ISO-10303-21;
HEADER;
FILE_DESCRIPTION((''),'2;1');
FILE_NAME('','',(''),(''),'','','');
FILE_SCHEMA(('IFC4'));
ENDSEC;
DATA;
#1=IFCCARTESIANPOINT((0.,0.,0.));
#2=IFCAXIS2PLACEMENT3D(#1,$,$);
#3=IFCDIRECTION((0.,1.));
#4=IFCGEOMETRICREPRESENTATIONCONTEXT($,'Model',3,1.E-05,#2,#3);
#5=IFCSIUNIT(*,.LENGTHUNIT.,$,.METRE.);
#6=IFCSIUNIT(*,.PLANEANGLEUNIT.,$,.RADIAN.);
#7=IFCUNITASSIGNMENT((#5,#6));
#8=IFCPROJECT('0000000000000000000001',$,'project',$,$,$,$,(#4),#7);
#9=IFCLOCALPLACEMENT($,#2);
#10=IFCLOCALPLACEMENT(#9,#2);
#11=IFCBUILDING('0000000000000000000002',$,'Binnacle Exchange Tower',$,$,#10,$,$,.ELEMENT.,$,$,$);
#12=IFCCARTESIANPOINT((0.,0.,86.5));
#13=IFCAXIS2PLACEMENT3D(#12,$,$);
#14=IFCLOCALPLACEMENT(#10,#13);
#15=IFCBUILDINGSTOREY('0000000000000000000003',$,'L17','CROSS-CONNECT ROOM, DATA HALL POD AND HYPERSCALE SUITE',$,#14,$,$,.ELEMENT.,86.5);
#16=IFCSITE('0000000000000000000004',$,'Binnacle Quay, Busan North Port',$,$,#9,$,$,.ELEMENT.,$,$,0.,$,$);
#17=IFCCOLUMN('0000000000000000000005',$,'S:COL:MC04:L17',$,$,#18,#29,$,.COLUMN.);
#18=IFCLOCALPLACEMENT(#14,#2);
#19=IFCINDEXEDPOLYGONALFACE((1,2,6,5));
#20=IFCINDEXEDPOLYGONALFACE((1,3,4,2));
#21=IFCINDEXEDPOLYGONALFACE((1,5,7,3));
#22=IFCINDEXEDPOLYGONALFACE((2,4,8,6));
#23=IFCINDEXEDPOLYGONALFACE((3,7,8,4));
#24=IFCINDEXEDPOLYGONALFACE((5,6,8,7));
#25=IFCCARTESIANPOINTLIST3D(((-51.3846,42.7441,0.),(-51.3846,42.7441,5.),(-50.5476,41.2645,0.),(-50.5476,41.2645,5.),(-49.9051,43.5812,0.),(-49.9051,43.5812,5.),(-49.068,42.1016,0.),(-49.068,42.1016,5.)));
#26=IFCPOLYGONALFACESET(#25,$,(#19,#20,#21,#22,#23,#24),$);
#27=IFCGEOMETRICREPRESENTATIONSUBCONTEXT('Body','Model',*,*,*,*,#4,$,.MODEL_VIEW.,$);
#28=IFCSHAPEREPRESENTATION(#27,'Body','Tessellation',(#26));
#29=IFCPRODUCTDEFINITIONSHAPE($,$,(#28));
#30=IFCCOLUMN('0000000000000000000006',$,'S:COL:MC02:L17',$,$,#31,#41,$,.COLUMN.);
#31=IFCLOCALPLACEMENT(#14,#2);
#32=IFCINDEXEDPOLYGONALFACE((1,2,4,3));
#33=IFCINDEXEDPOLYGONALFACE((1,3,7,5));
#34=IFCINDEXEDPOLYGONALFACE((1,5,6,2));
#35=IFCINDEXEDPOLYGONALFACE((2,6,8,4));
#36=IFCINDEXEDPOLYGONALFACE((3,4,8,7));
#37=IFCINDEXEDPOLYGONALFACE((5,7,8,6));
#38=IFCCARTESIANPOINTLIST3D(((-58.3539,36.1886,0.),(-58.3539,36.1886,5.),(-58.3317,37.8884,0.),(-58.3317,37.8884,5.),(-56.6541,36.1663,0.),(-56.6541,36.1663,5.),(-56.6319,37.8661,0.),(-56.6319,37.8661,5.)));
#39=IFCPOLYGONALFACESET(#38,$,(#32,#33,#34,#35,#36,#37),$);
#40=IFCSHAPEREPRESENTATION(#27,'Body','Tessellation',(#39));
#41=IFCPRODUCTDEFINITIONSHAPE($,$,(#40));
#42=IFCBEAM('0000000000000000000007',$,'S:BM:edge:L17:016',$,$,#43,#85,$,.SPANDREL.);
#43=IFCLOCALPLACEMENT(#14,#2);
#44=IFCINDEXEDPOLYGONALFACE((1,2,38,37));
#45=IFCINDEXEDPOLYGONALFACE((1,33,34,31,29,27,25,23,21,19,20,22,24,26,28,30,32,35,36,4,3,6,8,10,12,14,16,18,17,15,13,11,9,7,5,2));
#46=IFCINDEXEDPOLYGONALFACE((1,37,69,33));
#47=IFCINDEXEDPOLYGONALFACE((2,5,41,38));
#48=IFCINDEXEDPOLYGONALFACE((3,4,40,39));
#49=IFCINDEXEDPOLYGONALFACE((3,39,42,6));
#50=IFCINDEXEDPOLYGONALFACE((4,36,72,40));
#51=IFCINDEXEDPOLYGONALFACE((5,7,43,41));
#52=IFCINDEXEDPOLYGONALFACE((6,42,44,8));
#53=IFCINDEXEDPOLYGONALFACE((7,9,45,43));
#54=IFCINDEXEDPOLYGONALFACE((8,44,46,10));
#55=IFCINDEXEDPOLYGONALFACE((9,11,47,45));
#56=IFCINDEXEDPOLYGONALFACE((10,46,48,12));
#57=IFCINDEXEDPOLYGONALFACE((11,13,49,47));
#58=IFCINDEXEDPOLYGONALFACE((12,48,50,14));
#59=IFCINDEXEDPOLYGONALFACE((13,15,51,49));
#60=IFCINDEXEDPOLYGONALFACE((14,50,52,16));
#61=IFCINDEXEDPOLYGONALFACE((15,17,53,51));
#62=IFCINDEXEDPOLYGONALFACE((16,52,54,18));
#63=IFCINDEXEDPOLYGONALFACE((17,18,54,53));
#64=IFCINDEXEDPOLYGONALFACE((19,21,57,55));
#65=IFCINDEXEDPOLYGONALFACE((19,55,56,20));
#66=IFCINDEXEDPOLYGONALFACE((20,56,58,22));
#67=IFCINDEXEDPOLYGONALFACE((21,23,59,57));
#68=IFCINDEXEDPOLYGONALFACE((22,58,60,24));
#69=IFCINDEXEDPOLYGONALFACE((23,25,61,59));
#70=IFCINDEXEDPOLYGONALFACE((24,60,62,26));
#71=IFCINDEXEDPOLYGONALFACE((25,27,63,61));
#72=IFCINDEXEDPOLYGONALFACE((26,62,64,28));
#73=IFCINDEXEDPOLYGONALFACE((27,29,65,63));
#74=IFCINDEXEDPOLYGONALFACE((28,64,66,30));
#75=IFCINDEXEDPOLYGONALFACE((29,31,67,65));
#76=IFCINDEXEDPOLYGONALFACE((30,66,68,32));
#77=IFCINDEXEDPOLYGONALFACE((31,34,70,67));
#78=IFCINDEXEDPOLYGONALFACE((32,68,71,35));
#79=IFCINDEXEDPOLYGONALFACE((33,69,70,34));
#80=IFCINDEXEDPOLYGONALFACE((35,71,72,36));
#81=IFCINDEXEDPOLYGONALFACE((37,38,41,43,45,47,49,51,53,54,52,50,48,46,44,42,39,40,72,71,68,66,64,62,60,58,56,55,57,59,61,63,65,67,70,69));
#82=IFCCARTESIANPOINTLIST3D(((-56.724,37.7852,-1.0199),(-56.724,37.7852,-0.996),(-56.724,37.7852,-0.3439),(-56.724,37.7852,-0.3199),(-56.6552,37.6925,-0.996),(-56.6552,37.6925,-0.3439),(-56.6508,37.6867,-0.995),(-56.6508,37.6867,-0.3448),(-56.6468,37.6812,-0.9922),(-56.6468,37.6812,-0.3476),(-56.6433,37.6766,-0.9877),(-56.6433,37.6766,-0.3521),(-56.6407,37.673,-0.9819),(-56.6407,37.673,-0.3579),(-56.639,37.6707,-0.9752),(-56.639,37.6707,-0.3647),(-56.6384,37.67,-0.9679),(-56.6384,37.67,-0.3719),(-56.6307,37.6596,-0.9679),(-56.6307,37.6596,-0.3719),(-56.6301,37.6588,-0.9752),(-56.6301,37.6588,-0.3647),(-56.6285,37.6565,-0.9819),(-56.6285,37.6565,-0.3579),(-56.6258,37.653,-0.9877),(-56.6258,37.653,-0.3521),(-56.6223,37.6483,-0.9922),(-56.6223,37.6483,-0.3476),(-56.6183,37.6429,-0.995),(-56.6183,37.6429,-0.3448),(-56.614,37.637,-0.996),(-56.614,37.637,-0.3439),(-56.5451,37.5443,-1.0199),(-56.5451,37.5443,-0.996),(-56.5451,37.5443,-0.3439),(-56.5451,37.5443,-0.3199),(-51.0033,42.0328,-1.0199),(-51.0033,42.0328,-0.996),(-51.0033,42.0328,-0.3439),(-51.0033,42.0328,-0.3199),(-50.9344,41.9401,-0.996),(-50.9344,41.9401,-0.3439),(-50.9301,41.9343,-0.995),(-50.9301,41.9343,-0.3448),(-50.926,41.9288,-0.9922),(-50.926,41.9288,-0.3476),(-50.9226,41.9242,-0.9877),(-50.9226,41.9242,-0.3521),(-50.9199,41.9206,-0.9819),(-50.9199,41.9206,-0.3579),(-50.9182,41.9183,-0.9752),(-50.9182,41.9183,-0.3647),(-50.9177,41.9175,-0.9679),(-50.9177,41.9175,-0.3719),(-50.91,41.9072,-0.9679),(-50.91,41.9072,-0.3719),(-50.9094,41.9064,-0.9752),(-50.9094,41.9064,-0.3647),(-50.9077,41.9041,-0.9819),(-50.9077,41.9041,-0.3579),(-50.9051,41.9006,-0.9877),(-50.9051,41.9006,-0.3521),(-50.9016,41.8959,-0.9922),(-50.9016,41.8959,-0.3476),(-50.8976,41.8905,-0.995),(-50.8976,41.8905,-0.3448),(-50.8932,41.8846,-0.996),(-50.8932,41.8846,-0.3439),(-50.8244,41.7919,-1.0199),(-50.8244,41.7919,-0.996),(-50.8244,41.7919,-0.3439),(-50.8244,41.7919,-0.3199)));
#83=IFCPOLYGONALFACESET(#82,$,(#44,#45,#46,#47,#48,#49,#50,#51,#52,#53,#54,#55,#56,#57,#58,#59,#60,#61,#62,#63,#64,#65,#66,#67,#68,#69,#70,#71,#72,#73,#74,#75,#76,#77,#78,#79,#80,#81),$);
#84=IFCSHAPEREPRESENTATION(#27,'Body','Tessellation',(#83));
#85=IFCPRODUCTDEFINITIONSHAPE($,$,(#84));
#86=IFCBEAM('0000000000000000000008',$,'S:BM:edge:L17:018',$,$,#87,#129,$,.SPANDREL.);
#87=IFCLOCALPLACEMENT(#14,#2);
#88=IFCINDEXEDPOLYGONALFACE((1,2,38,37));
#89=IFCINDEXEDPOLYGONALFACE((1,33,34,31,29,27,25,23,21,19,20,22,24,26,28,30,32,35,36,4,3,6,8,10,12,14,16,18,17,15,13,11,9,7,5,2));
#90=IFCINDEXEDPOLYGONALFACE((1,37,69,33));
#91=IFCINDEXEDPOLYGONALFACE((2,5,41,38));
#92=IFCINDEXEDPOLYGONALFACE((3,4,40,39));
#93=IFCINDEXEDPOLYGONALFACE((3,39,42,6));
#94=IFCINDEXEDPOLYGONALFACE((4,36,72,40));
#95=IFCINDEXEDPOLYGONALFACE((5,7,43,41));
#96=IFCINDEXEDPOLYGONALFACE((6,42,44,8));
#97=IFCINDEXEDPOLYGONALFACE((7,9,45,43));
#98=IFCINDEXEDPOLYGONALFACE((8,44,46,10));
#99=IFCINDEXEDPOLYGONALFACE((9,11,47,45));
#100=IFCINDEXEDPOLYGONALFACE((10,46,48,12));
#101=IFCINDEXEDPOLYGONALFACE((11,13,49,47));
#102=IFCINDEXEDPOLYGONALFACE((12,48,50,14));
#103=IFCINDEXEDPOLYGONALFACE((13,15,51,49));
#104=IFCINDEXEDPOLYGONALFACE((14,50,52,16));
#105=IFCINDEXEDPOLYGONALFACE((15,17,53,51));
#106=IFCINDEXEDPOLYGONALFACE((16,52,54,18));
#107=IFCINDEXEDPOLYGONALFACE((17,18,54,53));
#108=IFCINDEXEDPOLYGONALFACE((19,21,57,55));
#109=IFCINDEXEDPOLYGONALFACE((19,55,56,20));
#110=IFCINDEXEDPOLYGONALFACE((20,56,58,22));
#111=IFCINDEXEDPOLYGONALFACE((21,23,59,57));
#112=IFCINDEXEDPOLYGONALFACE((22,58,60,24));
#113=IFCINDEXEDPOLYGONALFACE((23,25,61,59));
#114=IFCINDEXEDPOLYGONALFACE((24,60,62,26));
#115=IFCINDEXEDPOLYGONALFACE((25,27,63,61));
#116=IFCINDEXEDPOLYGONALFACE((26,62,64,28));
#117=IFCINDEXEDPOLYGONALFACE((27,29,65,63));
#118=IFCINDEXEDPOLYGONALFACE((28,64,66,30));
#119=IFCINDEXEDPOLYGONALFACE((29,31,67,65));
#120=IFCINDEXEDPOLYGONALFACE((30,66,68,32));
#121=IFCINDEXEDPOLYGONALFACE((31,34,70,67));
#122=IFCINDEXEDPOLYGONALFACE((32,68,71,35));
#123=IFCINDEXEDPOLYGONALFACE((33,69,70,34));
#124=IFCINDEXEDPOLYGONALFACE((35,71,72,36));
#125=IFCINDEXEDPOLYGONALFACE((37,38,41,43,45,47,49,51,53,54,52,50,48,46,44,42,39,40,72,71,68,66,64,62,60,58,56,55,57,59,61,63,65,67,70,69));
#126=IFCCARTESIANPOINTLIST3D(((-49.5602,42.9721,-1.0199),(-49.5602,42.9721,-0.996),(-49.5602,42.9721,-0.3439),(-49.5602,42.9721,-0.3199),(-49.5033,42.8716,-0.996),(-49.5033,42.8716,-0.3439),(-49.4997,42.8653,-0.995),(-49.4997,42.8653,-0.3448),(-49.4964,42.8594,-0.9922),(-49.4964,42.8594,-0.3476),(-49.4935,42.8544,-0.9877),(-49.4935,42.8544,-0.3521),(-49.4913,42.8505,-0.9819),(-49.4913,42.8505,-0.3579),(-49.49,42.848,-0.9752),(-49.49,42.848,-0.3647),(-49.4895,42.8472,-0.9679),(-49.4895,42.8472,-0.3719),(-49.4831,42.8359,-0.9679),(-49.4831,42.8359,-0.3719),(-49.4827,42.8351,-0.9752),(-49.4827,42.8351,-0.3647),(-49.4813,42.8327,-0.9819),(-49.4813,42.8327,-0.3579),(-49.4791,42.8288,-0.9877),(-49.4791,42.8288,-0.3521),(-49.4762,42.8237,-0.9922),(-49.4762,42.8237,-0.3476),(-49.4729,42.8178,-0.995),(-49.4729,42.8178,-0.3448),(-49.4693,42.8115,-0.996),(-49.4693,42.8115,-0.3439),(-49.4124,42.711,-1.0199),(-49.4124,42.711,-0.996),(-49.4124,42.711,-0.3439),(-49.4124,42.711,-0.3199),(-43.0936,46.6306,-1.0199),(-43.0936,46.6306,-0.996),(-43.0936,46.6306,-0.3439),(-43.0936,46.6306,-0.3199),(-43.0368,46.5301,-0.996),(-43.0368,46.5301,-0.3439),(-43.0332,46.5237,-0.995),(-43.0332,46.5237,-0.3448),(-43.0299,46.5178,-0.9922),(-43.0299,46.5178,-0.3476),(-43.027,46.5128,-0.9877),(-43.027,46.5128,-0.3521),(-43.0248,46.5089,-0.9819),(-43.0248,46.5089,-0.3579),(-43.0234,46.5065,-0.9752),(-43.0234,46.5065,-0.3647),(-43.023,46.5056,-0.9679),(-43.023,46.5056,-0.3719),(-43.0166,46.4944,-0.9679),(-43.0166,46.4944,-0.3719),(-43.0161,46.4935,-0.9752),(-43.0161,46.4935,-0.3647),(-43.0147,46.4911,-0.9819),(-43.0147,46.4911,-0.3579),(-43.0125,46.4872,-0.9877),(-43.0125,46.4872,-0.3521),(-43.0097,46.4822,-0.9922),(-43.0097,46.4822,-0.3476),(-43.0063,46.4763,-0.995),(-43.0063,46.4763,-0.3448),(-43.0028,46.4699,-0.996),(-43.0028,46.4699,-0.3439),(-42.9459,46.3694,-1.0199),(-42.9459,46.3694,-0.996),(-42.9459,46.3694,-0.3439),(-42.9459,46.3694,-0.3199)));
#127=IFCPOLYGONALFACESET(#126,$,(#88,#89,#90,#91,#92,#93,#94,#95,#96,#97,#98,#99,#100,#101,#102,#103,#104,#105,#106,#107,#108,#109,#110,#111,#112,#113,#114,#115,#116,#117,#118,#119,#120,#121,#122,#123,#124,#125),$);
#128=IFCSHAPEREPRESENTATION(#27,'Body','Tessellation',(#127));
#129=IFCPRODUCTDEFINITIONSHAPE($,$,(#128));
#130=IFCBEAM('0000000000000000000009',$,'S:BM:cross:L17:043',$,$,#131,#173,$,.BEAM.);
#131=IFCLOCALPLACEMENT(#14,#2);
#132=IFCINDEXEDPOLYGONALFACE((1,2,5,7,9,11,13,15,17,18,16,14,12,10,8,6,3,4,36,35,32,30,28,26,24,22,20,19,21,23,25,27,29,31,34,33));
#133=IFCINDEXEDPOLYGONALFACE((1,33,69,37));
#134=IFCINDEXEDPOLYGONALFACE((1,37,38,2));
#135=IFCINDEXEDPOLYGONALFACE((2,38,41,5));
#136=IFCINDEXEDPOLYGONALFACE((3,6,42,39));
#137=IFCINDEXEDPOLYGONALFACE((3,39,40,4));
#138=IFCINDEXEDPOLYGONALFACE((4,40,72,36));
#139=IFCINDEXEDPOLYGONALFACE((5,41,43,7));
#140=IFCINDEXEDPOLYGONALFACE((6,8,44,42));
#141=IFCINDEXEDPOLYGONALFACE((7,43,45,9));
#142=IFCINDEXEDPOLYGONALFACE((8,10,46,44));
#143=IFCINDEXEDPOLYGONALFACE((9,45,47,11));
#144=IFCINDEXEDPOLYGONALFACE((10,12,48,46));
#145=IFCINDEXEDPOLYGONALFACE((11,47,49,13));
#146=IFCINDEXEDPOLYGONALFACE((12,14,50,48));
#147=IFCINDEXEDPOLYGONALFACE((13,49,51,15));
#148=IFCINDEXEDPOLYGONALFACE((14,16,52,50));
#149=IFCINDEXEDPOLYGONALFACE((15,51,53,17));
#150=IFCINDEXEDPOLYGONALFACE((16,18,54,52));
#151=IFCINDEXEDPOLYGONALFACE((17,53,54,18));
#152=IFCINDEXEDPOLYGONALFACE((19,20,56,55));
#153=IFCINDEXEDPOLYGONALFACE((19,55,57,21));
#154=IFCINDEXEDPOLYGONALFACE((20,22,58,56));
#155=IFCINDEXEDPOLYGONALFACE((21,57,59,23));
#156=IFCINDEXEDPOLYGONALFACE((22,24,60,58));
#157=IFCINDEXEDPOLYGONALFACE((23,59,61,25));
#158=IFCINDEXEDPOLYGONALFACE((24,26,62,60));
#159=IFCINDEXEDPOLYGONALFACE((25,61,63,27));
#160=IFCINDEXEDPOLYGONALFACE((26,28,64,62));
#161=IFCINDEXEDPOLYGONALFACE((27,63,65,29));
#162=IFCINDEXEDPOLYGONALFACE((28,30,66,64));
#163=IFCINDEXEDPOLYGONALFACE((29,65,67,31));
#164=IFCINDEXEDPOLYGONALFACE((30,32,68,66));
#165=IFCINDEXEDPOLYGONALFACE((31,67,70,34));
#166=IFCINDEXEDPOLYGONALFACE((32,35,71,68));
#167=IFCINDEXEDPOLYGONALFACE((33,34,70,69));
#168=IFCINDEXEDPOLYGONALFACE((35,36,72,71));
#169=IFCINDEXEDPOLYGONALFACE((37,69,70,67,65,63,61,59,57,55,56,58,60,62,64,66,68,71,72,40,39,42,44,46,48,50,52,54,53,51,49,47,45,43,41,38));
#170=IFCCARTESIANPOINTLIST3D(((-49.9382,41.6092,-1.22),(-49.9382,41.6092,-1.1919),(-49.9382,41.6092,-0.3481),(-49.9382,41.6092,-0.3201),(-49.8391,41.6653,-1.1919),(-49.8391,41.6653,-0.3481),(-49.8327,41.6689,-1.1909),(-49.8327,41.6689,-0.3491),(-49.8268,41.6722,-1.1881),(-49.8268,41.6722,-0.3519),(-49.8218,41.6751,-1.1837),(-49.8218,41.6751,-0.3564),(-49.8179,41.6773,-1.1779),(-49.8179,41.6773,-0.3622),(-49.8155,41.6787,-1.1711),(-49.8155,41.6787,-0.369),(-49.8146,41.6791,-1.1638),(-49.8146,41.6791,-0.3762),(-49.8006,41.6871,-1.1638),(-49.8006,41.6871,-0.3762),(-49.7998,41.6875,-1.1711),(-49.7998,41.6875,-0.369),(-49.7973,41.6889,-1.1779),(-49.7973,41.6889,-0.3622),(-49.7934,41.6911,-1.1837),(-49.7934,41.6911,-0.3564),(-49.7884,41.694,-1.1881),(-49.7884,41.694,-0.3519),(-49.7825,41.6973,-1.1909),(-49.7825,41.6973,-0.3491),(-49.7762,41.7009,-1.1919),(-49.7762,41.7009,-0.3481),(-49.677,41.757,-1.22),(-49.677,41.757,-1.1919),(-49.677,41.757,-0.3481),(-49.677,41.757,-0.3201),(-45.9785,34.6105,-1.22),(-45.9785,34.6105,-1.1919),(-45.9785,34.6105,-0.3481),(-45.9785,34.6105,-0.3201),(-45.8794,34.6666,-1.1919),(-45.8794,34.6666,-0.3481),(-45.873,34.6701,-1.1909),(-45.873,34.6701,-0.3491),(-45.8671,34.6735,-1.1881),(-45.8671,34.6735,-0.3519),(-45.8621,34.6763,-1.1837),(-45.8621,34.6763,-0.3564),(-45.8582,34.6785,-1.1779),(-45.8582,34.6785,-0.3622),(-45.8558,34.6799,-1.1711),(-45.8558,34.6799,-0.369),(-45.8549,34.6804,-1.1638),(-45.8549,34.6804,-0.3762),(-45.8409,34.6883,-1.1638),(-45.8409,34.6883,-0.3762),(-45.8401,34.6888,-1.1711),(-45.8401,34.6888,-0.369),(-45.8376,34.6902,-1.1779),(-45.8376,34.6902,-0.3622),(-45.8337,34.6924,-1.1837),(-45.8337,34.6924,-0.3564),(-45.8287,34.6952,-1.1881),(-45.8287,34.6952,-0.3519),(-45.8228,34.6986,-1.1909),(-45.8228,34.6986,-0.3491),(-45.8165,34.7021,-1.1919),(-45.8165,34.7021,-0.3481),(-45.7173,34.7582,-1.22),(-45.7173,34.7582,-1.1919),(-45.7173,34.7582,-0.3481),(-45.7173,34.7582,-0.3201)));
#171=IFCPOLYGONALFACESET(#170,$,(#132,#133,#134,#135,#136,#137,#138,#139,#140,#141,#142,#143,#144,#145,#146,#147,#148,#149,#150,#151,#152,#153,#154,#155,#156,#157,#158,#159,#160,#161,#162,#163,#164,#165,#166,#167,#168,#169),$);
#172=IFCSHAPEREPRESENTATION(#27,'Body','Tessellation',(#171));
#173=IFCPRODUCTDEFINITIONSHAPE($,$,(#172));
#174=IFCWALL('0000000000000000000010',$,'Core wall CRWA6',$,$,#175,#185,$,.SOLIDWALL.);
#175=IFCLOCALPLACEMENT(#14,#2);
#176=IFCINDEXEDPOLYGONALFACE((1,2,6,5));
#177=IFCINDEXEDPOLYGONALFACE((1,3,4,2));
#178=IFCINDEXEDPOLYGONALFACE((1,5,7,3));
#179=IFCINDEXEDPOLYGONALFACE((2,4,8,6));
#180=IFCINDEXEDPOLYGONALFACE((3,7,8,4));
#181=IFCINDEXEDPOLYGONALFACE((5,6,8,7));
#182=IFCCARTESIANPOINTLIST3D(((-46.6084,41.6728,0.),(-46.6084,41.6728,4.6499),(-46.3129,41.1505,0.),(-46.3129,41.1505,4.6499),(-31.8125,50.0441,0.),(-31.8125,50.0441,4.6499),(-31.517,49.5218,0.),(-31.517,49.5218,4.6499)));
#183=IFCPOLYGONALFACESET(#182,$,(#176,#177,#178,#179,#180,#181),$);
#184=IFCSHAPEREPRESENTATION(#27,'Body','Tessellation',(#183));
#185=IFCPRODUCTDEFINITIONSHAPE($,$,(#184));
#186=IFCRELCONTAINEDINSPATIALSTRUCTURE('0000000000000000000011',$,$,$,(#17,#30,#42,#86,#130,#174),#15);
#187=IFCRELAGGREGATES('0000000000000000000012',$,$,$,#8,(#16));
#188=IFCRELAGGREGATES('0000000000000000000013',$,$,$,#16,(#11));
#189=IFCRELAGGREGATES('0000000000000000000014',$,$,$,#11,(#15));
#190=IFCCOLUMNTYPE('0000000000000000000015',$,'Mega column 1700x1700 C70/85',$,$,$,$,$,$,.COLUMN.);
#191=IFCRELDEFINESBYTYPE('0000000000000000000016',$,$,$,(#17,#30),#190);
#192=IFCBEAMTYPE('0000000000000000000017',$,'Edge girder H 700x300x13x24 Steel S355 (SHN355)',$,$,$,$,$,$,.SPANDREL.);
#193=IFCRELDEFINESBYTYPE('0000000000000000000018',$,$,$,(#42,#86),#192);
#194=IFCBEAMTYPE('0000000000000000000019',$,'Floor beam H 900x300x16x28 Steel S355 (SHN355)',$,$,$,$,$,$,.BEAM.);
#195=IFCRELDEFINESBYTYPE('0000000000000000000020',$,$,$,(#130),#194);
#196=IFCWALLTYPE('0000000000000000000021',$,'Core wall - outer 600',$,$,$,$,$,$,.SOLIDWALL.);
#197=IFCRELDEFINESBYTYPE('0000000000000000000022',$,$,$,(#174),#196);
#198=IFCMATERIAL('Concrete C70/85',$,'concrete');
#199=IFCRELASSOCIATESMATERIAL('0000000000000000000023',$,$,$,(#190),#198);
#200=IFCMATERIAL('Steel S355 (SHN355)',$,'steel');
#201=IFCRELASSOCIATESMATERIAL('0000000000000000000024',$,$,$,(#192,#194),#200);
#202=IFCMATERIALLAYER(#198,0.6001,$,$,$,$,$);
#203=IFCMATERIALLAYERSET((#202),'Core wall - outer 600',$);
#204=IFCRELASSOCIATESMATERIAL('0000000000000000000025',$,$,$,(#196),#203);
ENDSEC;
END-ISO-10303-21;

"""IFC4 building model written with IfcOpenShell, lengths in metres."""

from ifc_helpers import new_model, si_unit, direction, frame, frame_2d, origin, origin_2d, place, context, subcontext, project, spatial, rectangle, i_section, extrude, material, layer, layer_set, material_profile, profile_set, type_object, element, save


model = new_model("IFC4")

# Units and contexts
model_context = context("Model", 3, precision=1e-05, world=origin(), true_north=direction((0.0, 1.0)))
body_context = subcontext(model_context, "Body", "Model", "MODEL_VIEW")
ifc_project = project(units=[si_unit("LENGTHUNIT", "METRE"), si_unit("PLANEANGLEUNIT", "RADIAN")], contexts=[model_context])

# Site, building, storey
site_placement = place(None, origin())
site = spatial("IfcSite", under=ifc_project, at=site_placement, Name="Binnacle Quay, Busan North Port", CompositionType="ELEMENT", RefElevation=0.0)
building_placement = place(site_placement, origin())
building = spatial("IfcBuilding", under=site, at=building_placement, Name="Binnacle Exchange Tower", CompositionType="ELEMENT")
storey_placement = place(building_placement, frame((0.0, 0.0, 86.5)))
storey = spatial("IfcBuildingStorey", under=building, at=storey_placement, Name="L17", Description="CROSS-CONNECT ROOM, DATA HALL POD AND HYPERSCALE SUITE", CompositionType="ELEMENT", Elevation=86.5)

# Columns
ifc_material_1 = material(Name="Concrete C70/85", Category="concrete")
ifc_material_profile_1 = material_profile(ifc_material_1, rectangle(XDim=1.7, YDim=1.7, at=origin_2d()), Name="Mega column 1700x1700 C70/85")
ifc_profile_set_1 = profile_set([ifc_material_profile_1], Name="Concrete C70/85")
column_type = type_object("IfcColumnType", Name="Mega column 1700x1700 C70/85", PredefinedType="COLUMN", material=ifc_profile_set_1)
for number, where, z_axis, x_axis, name in (
    (1, (-50.2263, 42.4229, 0.0), (0.0, 0.0, 1.0), (-0.870356, -0.492424, 0.0), "S:COL:MC04:L17"),
    (2, (-57.4929, 37.0273, 0.0), (0.0, 0.0, 1.0), (-0.01309, -0.999914, 0.0), "S:COL:MC02:L17"),
):
    element("IfcColumn", number, at=place(storey_placement, frame(where, z_axis=z_axis, x_axis=x_axis)), inside=storey, type_object=column_type, Name=name, PredefinedType="COLUMN", context=body_context, shape_type="SweptSolid", body=[
        extrude(rectangle(XDim=1.7, YDim=1.7, at=origin_2d()), origin(), (0.0, 0.0, 1.0), 5.0),
    ])

# Beams
ifc_material_2 = material(Name="Steel S355 (SHN355)", Category="steel")
ifc_material_profile_2 = material_profile(ifc_material_2, i_section(OverallWidth=0.3, OverallDepth=0.7, WebThickness=0.0129, FlangeThickness=0.0239, FilletRadius=0.0281, at=origin_2d()), Name="H 700x300x13x24")
ifc_profile_set_2 = profile_set([ifc_material_profile_2], Name="Steel S355 (SHN355)")
beam_type_1 = type_object("IfcBeamType", Name="Edge girder H 700x300x13x24 Steel S355 (SHN355)", PredefinedType="SPANDREL", material=ifc_profile_set_2)
beam_1_placement = place(storey_placement, frame((-50.9138, 41.9124, -0.6699), z_axis=(-0.802885, -0.596133, 0.0), x_axis=(0.596133, -0.802885, 0.0)))
element("IfcBeam", 3, at=beam_1_placement, inside=storey, type_object=beam_type_1, Name="S:BM:edge:L17:016", PredefinedType="SPANDREL", context=body_context, shape_type="SweptSolid", body=[
    extrude(i_section(OverallWidth=0.3, OverallDepth=0.7, WebThickness=0.0129, FlangeThickness=0.0239, FilletRadius=0.0281, at=origin_2d()), origin(), (0.0, 0.0, 1.0), 7.1252),
])
beam_2_placement = place(storey_placement, frame((-43.0198, 46.5, -0.6699), z_axis=(-0.870364, -0.492408, 0.0), x_axis=(0.492408, -0.870364, 0.0)))
element("IfcBeam", 4, at=beam_2_placement, inside=storey, type_object=beam_type_1, Name="S:BM:edge:L17:018", PredefinedType="SPANDREL", context=body_context, shape_type="SweptSolid", body=[
    extrude(i_section(OverallWidth=0.3, OverallDepth=0.7, WebThickness=0.0129, FlangeThickness=0.0239, FilletRadius=0.0281, at=origin_2d()), origin(), (0.0, 0.0, 1.0), 7.4297),
])
ifc_material_profile_3 = material_profile(ifc_material_2, i_section(OverallWidth=0.3, OverallDepth=0.8999, WebThickness=0.0161, FlangeThickness=0.0281, FilletRadius=0.0281, at=origin_2d()), Name="H 900x300x16x28")
ifc_profile_set_3 = profile_set([ifc_material_profile_3], Name="Steel S355 (SHN355)")
beam_type_2 = type_object("IfcBeamType", Name="Floor beam H 900x300x16x28 Steel S355 (SHN355)", PredefinedType="BEAM", material=ifc_profile_set_3)
beam_3_placement = place(storey_placement, frame((-49.8076, 41.6831, -0.77), z_axis=(0.492423, -0.870356, 0.0), x_axis=(0.870356, 0.492423, 0.0)))
element("IfcBeam", 5, at=beam_3_placement, inside=storey, type_object=beam_type_2, Name="S:BM:cross:L17:043", PredefinedType="BEAM", context=body_context, shape_type="SweptSolid", body=[
    extrude(i_section(OverallWidth=0.3, OverallDepth=0.8999, WebThickness=0.0161, FlangeThickness=0.0281, FilletRadius=0.0281, at=origin_2d()), origin(), (0.0, 0.0, 1.0), 8.0413),
])

# Wall
ifc_layer_1 = layer(ifc_material_1, 0.6001)
ifc_layer_set_1 = layer_set([ifc_layer_1], Name="Core wall - outer 600")
wall_type_1 = type_object("IfcWallType", Name="Core wall - outer 600", PredefinedType="SOLIDWALL", material=ifc_layer_set_1)
wall_1_placement = place(storey_placement, frame((-46.4607, 41.4116, 0.0), z_axis=(0.0, 0.0, 1.0), x_axis=(0.87035, 0.492433, 0.0)))
element("IfcWall", 6, at=wall_1_placement, inside=storey, type_object=wall_type_1, Name="Core wall CRWA6", PredefinedType="SOLIDWALL", context=body_context, shape_type="SweptSolid", body=[
    extrude(rectangle(XDim=17.0, YDim=0.6001, at=frame_2d((8.5, 0.0))), origin(), (0.0, 0.0, 1.0), 4.6499),
])

save(model, "model.ifc")
